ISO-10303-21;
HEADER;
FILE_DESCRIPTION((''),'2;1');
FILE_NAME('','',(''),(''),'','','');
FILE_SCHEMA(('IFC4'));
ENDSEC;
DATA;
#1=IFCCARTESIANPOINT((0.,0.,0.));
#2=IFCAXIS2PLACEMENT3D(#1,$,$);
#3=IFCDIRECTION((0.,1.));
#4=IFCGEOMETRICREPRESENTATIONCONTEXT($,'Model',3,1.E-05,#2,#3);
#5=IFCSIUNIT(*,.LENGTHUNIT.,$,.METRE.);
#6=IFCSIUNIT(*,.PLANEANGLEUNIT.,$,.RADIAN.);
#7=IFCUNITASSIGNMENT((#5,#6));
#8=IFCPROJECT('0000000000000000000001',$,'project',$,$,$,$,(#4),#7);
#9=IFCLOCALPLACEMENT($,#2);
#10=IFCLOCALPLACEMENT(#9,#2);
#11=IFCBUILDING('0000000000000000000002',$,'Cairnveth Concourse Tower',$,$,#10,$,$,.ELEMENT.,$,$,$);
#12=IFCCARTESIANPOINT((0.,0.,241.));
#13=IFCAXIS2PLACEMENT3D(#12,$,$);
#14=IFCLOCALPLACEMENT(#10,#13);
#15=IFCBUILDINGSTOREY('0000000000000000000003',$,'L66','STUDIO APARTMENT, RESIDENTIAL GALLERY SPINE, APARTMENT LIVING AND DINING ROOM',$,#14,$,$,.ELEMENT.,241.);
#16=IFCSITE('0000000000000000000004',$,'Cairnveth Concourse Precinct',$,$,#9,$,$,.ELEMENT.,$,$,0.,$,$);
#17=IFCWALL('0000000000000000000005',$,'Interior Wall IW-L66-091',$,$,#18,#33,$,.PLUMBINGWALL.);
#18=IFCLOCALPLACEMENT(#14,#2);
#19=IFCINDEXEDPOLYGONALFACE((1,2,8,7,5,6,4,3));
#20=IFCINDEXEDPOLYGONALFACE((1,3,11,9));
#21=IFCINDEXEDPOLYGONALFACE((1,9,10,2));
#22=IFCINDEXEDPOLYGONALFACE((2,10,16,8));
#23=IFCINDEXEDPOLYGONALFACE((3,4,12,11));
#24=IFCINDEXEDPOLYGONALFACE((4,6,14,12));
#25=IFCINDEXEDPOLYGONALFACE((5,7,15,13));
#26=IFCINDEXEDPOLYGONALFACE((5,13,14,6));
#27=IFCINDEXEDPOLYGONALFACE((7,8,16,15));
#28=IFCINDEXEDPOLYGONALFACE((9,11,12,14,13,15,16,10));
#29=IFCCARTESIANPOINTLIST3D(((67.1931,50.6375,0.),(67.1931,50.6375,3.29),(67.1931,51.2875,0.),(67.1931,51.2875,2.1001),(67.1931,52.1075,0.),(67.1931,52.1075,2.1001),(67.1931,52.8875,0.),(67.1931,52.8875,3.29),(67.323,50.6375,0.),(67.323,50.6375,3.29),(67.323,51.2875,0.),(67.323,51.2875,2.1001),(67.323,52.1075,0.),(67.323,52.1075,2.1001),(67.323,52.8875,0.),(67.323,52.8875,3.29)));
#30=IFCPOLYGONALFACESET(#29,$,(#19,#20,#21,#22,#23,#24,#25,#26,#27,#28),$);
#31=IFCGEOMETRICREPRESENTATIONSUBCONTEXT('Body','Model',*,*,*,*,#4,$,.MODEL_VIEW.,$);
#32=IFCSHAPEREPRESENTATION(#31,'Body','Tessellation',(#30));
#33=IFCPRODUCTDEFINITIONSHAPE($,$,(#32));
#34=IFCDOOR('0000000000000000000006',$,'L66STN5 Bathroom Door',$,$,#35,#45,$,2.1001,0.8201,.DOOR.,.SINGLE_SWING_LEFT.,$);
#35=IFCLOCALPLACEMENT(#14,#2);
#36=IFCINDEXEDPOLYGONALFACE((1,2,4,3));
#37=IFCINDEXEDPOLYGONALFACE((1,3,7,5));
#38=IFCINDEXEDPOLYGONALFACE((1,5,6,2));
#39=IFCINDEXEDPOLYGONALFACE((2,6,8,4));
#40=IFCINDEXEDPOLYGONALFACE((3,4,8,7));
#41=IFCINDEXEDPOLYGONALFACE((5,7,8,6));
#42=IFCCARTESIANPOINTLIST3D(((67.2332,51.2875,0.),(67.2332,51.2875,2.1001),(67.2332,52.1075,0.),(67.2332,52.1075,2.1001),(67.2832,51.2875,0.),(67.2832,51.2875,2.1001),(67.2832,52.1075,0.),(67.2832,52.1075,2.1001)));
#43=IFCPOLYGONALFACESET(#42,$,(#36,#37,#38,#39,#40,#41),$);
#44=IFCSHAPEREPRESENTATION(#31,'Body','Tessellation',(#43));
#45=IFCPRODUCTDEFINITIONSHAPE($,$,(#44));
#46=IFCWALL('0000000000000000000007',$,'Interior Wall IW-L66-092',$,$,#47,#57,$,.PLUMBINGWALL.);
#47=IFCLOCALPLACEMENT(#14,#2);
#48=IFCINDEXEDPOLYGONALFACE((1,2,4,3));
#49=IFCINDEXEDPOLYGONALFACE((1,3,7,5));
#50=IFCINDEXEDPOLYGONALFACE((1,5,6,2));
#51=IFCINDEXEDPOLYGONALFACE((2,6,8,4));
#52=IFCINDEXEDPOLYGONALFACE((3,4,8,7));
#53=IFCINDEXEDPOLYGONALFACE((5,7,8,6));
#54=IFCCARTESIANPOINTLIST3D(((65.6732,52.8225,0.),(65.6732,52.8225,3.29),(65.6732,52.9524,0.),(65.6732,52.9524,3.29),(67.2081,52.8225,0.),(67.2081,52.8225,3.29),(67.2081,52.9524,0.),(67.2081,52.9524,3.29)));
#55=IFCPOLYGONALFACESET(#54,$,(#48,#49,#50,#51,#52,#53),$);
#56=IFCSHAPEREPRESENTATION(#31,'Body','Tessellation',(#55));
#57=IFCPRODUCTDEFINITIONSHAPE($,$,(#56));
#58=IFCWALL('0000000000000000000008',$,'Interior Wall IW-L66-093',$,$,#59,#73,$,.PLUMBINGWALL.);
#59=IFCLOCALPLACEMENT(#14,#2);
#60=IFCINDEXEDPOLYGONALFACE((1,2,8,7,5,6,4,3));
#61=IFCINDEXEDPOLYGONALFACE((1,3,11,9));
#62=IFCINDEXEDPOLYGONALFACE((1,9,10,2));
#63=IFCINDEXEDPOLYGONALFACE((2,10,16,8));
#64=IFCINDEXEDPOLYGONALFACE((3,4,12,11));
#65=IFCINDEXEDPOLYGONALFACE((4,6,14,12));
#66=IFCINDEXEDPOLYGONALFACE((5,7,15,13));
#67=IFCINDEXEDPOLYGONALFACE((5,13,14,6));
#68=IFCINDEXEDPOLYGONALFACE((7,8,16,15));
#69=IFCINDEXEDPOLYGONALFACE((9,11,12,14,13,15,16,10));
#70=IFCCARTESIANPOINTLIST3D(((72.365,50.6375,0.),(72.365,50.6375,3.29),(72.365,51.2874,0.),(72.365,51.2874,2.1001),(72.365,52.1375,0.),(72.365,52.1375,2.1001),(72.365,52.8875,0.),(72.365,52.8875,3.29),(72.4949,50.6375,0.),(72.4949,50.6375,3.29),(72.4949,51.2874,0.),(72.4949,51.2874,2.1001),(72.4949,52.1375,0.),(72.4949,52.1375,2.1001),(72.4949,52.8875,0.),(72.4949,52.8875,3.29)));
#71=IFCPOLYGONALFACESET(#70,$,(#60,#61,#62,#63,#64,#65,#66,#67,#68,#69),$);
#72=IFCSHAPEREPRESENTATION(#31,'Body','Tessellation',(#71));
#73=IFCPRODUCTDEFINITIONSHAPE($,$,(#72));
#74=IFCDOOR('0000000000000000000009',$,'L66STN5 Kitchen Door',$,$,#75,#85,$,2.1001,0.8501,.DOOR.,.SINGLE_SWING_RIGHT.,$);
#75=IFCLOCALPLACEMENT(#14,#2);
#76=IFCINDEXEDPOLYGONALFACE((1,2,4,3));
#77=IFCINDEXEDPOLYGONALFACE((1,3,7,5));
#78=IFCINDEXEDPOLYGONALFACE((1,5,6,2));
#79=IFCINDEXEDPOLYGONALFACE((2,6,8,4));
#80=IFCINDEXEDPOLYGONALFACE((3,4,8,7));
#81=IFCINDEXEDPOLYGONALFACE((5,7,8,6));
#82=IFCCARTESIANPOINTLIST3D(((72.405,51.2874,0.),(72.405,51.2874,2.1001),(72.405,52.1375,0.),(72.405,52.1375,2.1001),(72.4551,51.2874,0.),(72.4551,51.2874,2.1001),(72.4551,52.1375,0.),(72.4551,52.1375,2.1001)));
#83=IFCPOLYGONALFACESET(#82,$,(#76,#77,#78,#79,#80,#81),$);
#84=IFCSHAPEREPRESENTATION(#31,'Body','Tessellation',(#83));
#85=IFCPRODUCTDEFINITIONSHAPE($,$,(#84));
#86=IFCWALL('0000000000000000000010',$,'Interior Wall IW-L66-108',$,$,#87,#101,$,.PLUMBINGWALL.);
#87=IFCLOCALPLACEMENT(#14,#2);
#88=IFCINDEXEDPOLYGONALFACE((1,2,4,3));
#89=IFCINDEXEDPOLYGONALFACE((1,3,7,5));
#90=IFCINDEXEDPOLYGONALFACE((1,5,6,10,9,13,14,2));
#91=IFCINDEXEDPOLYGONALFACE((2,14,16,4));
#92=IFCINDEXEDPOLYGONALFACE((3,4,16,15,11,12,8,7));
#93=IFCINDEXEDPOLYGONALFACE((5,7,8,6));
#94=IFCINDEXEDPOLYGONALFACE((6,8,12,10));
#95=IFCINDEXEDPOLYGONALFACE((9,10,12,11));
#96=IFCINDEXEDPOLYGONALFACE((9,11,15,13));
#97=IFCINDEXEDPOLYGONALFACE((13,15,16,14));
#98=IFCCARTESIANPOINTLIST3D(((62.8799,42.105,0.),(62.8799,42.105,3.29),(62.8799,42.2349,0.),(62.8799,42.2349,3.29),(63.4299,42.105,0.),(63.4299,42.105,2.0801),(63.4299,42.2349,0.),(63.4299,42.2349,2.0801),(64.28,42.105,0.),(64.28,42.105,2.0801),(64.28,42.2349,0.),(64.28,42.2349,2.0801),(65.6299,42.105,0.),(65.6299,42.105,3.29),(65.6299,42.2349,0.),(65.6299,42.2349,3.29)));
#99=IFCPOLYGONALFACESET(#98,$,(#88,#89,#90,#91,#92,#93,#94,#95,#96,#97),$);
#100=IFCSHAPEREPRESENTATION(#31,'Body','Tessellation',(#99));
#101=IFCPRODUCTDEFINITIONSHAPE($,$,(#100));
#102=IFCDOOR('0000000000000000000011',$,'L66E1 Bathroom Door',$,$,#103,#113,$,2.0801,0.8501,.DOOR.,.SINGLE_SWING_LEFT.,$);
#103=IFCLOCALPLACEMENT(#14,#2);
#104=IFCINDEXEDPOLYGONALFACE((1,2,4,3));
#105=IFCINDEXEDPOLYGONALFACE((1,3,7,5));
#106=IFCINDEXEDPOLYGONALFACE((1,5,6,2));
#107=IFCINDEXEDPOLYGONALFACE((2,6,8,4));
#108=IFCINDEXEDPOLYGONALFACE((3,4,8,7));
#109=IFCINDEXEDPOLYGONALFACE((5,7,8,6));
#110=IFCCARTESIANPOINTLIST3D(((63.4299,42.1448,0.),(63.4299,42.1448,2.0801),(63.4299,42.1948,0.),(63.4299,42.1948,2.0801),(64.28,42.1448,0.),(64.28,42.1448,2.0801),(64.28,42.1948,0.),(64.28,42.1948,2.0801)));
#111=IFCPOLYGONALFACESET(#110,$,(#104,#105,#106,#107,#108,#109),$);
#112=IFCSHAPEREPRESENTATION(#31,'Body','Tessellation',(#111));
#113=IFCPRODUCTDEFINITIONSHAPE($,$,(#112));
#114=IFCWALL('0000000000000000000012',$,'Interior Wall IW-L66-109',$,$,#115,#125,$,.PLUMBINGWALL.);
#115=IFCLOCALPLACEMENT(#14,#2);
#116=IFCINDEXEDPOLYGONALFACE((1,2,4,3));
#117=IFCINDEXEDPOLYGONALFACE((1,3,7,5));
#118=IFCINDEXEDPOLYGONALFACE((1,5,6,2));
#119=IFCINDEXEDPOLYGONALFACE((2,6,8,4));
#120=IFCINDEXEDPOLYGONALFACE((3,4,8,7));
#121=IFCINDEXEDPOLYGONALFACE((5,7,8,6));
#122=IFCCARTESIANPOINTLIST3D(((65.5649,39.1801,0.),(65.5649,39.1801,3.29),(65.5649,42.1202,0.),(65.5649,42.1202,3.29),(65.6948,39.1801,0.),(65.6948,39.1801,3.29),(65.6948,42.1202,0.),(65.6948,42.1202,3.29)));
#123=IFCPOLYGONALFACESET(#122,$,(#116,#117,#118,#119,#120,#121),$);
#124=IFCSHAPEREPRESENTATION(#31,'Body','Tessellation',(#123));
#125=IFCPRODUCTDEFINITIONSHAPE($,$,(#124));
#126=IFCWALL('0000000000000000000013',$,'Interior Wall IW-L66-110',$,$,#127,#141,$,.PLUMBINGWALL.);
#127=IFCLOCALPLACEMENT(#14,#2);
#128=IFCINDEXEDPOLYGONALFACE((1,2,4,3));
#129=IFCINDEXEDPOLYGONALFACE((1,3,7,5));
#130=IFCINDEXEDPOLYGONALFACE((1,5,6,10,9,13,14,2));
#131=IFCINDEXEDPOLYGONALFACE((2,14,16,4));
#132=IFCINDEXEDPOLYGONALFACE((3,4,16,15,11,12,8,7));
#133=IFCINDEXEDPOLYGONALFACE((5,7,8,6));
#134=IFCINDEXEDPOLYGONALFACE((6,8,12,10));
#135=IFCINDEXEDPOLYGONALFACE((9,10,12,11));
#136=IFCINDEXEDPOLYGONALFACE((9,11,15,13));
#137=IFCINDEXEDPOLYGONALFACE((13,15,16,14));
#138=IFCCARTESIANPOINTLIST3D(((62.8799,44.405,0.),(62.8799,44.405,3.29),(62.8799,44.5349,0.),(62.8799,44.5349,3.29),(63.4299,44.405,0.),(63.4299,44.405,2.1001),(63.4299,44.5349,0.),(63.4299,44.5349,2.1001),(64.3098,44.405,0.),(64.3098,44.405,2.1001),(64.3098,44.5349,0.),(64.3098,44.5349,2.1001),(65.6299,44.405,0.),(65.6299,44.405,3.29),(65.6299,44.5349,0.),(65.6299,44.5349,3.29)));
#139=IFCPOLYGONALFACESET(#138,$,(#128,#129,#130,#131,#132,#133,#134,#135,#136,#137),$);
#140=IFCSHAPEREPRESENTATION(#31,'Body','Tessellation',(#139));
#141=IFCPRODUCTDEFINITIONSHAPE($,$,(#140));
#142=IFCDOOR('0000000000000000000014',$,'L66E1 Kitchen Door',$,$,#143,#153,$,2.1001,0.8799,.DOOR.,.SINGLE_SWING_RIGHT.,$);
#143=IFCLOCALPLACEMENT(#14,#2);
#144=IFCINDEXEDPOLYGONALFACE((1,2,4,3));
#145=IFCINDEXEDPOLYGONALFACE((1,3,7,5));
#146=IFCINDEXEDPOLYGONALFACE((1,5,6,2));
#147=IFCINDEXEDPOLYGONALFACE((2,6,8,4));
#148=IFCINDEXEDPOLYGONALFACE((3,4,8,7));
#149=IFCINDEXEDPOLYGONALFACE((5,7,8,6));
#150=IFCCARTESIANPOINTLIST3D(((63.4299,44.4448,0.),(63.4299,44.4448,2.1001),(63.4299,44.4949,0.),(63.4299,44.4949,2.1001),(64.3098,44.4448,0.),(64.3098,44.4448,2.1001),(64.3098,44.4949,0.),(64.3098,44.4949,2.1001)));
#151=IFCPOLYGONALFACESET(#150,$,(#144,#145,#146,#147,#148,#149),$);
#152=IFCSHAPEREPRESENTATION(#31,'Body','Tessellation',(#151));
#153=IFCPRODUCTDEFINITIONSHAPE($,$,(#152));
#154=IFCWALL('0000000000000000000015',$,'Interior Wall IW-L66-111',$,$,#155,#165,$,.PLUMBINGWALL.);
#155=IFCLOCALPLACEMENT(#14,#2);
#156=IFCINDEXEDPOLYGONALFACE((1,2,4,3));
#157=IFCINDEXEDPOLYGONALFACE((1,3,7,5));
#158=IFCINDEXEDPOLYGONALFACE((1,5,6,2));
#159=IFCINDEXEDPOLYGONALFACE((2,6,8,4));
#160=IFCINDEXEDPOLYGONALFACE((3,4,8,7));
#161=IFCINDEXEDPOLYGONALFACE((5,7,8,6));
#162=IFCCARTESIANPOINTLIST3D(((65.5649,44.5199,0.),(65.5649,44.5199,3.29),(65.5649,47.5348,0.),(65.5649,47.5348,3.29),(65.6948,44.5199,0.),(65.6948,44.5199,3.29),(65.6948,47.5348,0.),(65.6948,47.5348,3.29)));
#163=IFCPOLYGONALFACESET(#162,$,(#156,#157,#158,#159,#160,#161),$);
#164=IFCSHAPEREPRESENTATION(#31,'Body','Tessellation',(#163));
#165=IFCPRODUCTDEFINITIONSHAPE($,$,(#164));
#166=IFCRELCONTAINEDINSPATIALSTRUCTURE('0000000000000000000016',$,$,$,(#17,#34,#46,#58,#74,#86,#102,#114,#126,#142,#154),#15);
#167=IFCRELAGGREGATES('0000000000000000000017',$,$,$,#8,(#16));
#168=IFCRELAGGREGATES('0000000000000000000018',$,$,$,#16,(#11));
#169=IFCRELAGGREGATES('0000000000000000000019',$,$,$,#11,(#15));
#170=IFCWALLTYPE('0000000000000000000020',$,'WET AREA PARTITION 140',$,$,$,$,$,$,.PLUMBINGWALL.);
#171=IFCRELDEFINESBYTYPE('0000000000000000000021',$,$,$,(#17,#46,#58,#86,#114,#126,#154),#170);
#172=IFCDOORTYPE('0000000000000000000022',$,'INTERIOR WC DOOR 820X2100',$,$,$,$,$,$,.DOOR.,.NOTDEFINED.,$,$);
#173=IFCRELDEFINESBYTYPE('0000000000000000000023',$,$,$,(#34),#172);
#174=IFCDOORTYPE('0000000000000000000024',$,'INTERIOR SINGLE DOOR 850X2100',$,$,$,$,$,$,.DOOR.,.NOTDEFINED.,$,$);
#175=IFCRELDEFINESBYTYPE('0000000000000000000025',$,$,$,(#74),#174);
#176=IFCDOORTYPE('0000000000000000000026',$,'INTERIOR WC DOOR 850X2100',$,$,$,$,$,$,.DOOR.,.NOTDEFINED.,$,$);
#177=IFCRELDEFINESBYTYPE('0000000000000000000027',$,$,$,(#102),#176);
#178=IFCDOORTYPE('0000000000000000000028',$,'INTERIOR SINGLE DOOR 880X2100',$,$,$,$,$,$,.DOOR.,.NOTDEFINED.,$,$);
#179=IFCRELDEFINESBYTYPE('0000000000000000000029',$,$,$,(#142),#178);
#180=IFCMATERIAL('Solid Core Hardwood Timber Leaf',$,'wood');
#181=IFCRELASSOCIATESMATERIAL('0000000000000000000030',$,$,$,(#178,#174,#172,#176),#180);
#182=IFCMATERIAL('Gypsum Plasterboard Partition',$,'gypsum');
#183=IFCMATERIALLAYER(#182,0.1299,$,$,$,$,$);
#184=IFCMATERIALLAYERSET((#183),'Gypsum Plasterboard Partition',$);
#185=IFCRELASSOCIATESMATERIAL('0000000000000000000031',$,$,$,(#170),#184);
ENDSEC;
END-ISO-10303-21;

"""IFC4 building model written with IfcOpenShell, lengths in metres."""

from ifc_helpers import new_model, si_unit, direction, frame, frame_2d, origin, place, context, subcontext, project, spatial, rectangle, extrude, material, layer, layer_set, type_object, element, fill, save


model = new_model("IFC4")

# Units and contexts
model_context = context("Model", 3, precision=1e-05, world=origin(), true_north=direction((0.0, 1.0)))
body_context = subcontext(model_context, "Body", "Model", "MODEL_VIEW")
ifc_project = project(units=[si_unit("LENGTHUNIT", "METRE"), si_unit("PLANEANGLEUNIT", "RADIAN")], contexts=[model_context])

# Site, building, storey
site_placement = place(None, origin())
site = spatial("IfcSite", under=ifc_project, at=site_placement, Name="Cairnveth Concourse Precinct", CompositionType="ELEMENT", RefElevation=0.0)
building_placement = place(site_placement, origin())
building = spatial("IfcBuilding", under=site, at=building_placement, Name="Cairnveth Concourse Tower", CompositionType="ELEMENT")
storey_placement = place(building_placement, frame((0.0, 0.0, 241.0)))
storey = spatial("IfcBuildingStorey", under=building, at=storey_placement, Name="L66", Description="STUDIO APARTMENT, RESIDENTIAL GALLERY SPINE, APARTMENT LIVING AND DINING ROOM", CompositionType="ELEMENT", Elevation=241.0)

# Shared definitions
ifc_material_1 = material(Name="Gypsum Plasterboard Partition", Category="gypsum")

# Shared definitions
ifc_material_2 = material(Name="Solid Core Hardwood Timber Leaf", Category="wood")
door_type_1 = type_object("IfcDoorType", Name="INTERIOR SINGLE DOOR 880X2100", OperationType="NOTDEFINED", PredefinedType="DOOR", material=ifc_material_2)
ifc_layer_1 = layer(ifc_material_1, 0.1299)
ifc_layer_set_1 = layer_set([ifc_layer_1], Name="Gypsum Plasterboard Partition")
wall_type_1 = type_object("IfcWallType", Name="WET AREA PARTITION 140", PredefinedType="PLUMBINGWALL", material=ifc_layer_set_1)
door_type_2 = type_object("IfcDoorType", Name="INTERIOR SINGLE DOOR 850X2100", OperationType="NOTDEFINED", PredefinedType="DOOR", material=ifc_material_2)

# Wall, opening, door
wall_1_placement = place(storey_placement, frame((67.2581, 50.6375, 0.0), z_axis=(0.0, 0.0, 1.0), x_axis=(0.0, 1.0, 0.0)))
wall_1 = element("IfcWall", 1, at=wall_1_placement, inside=storey, type_object=wall_type_1, Name="Interior Wall IW-L66-091", PredefinedType="PLUMBINGWALL", context=body_context, shape_type="SweptSolid", body=[
    extrude(rectangle(XDim=2.25, YDim=0.1299, at=frame_2d((1.125, 0.0))), origin(), (0.0, 0.0, 1.0), 3.29),
])
opening_1_placement = place(wall_1_placement, frame((0.6499, 0.0, 0.0)))
opening_1 = element("IfcOpeningElement", 2, at=opening_1_placement, cuts=wall_1, PredefinedType="OPENING", context=body_context, shape_type="SweptSolid", body=[
    extrude(rectangle(XDim=0.8201, YDim=2.1001, at=frame_2d((0.4102, 1.05))), frame((0.0, 0.075, 0.0), z_axis=(0.0, -1.0, 0.0), x_axis=(1.0, 0.0, 0.0)), (0.0, 0.0, 1.0), 0.1499),
])
door_type_3 = type_object("IfcDoorType", Name="INTERIOR WC DOOR 820X2100", OperationType="NOTDEFINED", PredefinedType="DOOR", material=ifc_material_2)
door_1_placement = place(opening_1_placement, origin())
door_1 = element("IfcDoor", 3, at=door_1_placement, inside=storey, type_object=door_type_3, Name="L66STN5 Bathroom Door", OperationType="SINGLE_SWING_LEFT", OverallHeight=2.1001, OverallWidth=0.8201, PredefinedType="DOOR", context=body_context, shape_type="SweptSolid", body=[
    extrude(rectangle(XDim=0.8201, YDim=2.1001, at=frame_2d((0.4102, 1.05))), frame((0.0, 0.0249, 0.0), z_axis=(0.0, -1.0, 0.0), x_axis=(1.0, 0.0, 0.0)), (0.0, 0.0, 1.0), 0.05),
])
fill(opening_1, door_1)

# Wall
wall_2_placement = place(storey_placement, frame((65.6731, 52.8875, 0.0), z_axis=(0.0, 0.0, 1.0), x_axis=(1.0, 0.0, 0.0)))
element("IfcWall", 4, at=wall_2_placement, inside=storey, type_object=wall_type_1, Name="Interior Wall IW-L66-092", PredefinedType="PLUMBINGWALL", context=body_context, shape_type="SweptSolid", body=[
    extrude(rectangle(XDim=1.5349, YDim=0.1299, at=frame_2d((0.7676, 0.0))), origin(), (0.0, 0.0, 1.0), 3.29),
])

# Walls, openings, doors
wall_3_placement = place(storey_placement, frame((72.4299, 50.6375, 0.0), z_axis=(0.0, 0.0, 1.0), x_axis=(0.0, 1.0, 0.0)))
wall_3 = element("IfcWall", 5, at=wall_3_placement, inside=storey, type_object=wall_type_1, Name="Interior Wall IW-L66-093", PredefinedType="PLUMBINGWALL", context=body_context, shape_type="SweptSolid", body=[
    extrude(rectangle(XDim=2.25, YDim=0.1299, at=frame_2d((1.125, 0.0))), origin(), (0.0, 0.0, 1.0), 3.29),
])
opening_2_placement = place(wall_3_placement, frame((0.6499, 0.0, 0.0)))
opening_2 = element("IfcOpeningElement", 6, at=opening_2_placement, cuts=wall_3, PredefinedType="OPENING", context=body_context, shape_type="SweptSolid", body=[
    extrude(rectangle(XDim=0.8501, YDim=2.1001, at=frame_2d((0.425, 1.05))), frame((0.0, 0.075, 0.0), z_axis=(0.0, -1.0, 0.0), x_axis=(1.0, 0.0, 0.0)), (0.0, 0.0, 1.0), 0.1499),
])
door_2_placement = place(opening_2_placement, origin())
door_2 = element("IfcDoor", 7, at=door_2_placement, inside=storey, type_object=door_type_2, Name="L66STN5 Kitchen Door", OperationType="SINGLE_SWING_RIGHT", OverallHeight=2.1001, OverallWidth=0.8501, PredefinedType="DOOR", context=body_context, shape_type="SweptSolid", body=[
    extrude(rectangle(XDim=0.8501, YDim=2.1001, at=frame_2d((0.425, 1.05))), frame((0.0, 0.0249, 0.0), z_axis=(0.0, -1.0, 0.0), x_axis=(1.0, 0.0, 0.0)), (0.0, 0.0, 1.0), 0.05),
])
fill(opening_2, door_2)
wall_4_placement = place(storey_placement, frame((62.8799, 42.1699, 0.0), z_axis=(0.0, 0.0, 1.0), x_axis=(1.0, 0.0, 0.0)))
wall_4 = element("IfcWall", 8, at=wall_4_placement, inside=storey, type_object=wall_type_1, Name="Interior Wall IW-L66-108", PredefinedType="PLUMBINGWALL", context=body_context, shape_type="SweptSolid", body=[
    extrude(rectangle(XDim=2.75, YDim=0.1299, at=frame_2d((1.375, 0.0))), origin(), (0.0, 0.0, 1.0), 3.29),
])
opening_3_placement = place(wall_4_placement, frame((0.55, 0.0, 0.0)))
opening_3 = element("IfcOpeningElement", 9, at=opening_3_placement, cuts=wall_4, PredefinedType="OPENING", context=body_context, shape_type="SweptSolid", body=[
    extrude(rectangle(XDim=0.8501, YDim=2.0801, at=frame_2d((0.425, 1.04))), frame((0.0, 0.075, 0.0), z_axis=(0.0, -1.0, 0.0), x_axis=(1.0, 0.0, 0.0)), (0.0, 0.0, 1.0), 0.1499),
])
door_type_4 = type_object("IfcDoorType", Name="INTERIOR WC DOOR 850X2100", OperationType="NOTDEFINED", PredefinedType="DOOR", material=ifc_material_2)
door_3_placement = place(opening_3_placement, origin())
door_3 = element("IfcDoor", 10, at=door_3_placement, inside=storey, type_object=door_type_4, Name="L66E1 Bathroom Door", OperationType="SINGLE_SWING_LEFT", OverallHeight=2.0801, OverallWidth=0.8501, PredefinedType="DOOR", context=body_context, shape_type="SweptSolid", body=[
    extrude(rectangle(XDim=0.8501, YDim=2.0801, at=frame_2d((0.425, 1.04))), frame((0.0, 0.0249, 0.0), z_axis=(0.0, -1.0, 0.0), x_axis=(1.0, 0.0, 0.0)), (0.0, 0.0, 1.0), 0.05),
])
fill(opening_3, door_3)

# Wall
wall_5_placement = place(storey_placement, frame((65.6299, 39.1799, 0.0), z_axis=(0.0, 0.0, 1.0), x_axis=(0.0, 1.0, 0.0)))
element("IfcWall", 11, at=wall_5_placement, inside=storey, type_object=wall_type_1, Name="Interior Wall IW-L66-109", PredefinedType="PLUMBINGWALL", context=body_context, shape_type="SweptSolid", body=[
    extrude(rectangle(XDim=2.9402, YDim=0.1299, at=frame_2d((1.4702, 0.0))), origin(), (0.0, 0.0, 1.0), 3.29),
])

# Wall, opening, door
wall_6_placement = place(storey_placement, frame((62.8799, 44.47, 0.0), z_axis=(0.0, 0.0, 1.0), x_axis=(1.0, 0.0, 0.0)))
wall_6 = element("IfcWall", 12, at=wall_6_placement, inside=storey, type_object=wall_type_1, Name="Interior Wall IW-L66-110", PredefinedType="PLUMBINGWALL", context=body_context, shape_type="SweptSolid", body=[
    extrude(rectangle(XDim=2.75, YDim=0.1299, at=frame_2d((1.375, 0.0))), origin(), (0.0, 0.0, 1.0), 3.29),
])
opening_4_placement = place(wall_6_placement, frame((0.55, 0.0, 0.0)))
opening_4 = element("IfcOpeningElement", 13, at=opening_4_placement, cuts=wall_6, PredefinedType="OPENING", context=body_context, shape_type="SweptSolid", body=[
    extrude(rectangle(XDim=0.8799, YDim=2.1001, at=frame_2d((0.4399, 1.05))), frame((0.0, 0.075, 0.0), z_axis=(0.0, -1.0, 0.0), x_axis=(1.0, 0.0, 0.0)), (0.0, 0.0, 1.0), 0.1499),
])
door_4_placement = place(opening_4_placement, origin())
door_4 = element("IfcDoor", 14, at=door_4_placement, inside=storey, type_object=door_type_1, Name="L66E1 Kitchen Door", OperationType="SINGLE_SWING_RIGHT", OverallHeight=2.1001, OverallWidth=0.8799, PredefinedType="DOOR", context=body_context, shape_type="SweptSolid", body=[
    extrude(rectangle(XDim=0.8799, YDim=2.1001, at=frame_2d((0.4399, 1.05))), frame((0.0, 0.0249, 0.0), z_axis=(0.0, -1.0, 0.0), x_axis=(1.0, 0.0, 0.0)), (0.0, 0.0, 1.0), 0.05),
])
fill(opening_4, door_4)

# Wall
wall_7_placement = place(storey_placement, frame((65.6299, 44.52, 0.0), z_axis=(0.0, 0.0, 1.0), x_axis=(0.0, 1.0, 0.0)))
element("IfcWall", 15, at=wall_7_placement, inside=storey, type_object=wall_type_1, Name="Interior Wall IW-L66-111", PredefinedType="PLUMBINGWALL", context=body_context, shape_type="SweptSolid", body=[
    extrude(rectangle(XDim=3.0149, YDim=0.1299, at=frame_2d((1.5073, 0.0))), origin(), (0.0, 0.0, 1.0), 3.29),
])

save(model, "model.ifc")
